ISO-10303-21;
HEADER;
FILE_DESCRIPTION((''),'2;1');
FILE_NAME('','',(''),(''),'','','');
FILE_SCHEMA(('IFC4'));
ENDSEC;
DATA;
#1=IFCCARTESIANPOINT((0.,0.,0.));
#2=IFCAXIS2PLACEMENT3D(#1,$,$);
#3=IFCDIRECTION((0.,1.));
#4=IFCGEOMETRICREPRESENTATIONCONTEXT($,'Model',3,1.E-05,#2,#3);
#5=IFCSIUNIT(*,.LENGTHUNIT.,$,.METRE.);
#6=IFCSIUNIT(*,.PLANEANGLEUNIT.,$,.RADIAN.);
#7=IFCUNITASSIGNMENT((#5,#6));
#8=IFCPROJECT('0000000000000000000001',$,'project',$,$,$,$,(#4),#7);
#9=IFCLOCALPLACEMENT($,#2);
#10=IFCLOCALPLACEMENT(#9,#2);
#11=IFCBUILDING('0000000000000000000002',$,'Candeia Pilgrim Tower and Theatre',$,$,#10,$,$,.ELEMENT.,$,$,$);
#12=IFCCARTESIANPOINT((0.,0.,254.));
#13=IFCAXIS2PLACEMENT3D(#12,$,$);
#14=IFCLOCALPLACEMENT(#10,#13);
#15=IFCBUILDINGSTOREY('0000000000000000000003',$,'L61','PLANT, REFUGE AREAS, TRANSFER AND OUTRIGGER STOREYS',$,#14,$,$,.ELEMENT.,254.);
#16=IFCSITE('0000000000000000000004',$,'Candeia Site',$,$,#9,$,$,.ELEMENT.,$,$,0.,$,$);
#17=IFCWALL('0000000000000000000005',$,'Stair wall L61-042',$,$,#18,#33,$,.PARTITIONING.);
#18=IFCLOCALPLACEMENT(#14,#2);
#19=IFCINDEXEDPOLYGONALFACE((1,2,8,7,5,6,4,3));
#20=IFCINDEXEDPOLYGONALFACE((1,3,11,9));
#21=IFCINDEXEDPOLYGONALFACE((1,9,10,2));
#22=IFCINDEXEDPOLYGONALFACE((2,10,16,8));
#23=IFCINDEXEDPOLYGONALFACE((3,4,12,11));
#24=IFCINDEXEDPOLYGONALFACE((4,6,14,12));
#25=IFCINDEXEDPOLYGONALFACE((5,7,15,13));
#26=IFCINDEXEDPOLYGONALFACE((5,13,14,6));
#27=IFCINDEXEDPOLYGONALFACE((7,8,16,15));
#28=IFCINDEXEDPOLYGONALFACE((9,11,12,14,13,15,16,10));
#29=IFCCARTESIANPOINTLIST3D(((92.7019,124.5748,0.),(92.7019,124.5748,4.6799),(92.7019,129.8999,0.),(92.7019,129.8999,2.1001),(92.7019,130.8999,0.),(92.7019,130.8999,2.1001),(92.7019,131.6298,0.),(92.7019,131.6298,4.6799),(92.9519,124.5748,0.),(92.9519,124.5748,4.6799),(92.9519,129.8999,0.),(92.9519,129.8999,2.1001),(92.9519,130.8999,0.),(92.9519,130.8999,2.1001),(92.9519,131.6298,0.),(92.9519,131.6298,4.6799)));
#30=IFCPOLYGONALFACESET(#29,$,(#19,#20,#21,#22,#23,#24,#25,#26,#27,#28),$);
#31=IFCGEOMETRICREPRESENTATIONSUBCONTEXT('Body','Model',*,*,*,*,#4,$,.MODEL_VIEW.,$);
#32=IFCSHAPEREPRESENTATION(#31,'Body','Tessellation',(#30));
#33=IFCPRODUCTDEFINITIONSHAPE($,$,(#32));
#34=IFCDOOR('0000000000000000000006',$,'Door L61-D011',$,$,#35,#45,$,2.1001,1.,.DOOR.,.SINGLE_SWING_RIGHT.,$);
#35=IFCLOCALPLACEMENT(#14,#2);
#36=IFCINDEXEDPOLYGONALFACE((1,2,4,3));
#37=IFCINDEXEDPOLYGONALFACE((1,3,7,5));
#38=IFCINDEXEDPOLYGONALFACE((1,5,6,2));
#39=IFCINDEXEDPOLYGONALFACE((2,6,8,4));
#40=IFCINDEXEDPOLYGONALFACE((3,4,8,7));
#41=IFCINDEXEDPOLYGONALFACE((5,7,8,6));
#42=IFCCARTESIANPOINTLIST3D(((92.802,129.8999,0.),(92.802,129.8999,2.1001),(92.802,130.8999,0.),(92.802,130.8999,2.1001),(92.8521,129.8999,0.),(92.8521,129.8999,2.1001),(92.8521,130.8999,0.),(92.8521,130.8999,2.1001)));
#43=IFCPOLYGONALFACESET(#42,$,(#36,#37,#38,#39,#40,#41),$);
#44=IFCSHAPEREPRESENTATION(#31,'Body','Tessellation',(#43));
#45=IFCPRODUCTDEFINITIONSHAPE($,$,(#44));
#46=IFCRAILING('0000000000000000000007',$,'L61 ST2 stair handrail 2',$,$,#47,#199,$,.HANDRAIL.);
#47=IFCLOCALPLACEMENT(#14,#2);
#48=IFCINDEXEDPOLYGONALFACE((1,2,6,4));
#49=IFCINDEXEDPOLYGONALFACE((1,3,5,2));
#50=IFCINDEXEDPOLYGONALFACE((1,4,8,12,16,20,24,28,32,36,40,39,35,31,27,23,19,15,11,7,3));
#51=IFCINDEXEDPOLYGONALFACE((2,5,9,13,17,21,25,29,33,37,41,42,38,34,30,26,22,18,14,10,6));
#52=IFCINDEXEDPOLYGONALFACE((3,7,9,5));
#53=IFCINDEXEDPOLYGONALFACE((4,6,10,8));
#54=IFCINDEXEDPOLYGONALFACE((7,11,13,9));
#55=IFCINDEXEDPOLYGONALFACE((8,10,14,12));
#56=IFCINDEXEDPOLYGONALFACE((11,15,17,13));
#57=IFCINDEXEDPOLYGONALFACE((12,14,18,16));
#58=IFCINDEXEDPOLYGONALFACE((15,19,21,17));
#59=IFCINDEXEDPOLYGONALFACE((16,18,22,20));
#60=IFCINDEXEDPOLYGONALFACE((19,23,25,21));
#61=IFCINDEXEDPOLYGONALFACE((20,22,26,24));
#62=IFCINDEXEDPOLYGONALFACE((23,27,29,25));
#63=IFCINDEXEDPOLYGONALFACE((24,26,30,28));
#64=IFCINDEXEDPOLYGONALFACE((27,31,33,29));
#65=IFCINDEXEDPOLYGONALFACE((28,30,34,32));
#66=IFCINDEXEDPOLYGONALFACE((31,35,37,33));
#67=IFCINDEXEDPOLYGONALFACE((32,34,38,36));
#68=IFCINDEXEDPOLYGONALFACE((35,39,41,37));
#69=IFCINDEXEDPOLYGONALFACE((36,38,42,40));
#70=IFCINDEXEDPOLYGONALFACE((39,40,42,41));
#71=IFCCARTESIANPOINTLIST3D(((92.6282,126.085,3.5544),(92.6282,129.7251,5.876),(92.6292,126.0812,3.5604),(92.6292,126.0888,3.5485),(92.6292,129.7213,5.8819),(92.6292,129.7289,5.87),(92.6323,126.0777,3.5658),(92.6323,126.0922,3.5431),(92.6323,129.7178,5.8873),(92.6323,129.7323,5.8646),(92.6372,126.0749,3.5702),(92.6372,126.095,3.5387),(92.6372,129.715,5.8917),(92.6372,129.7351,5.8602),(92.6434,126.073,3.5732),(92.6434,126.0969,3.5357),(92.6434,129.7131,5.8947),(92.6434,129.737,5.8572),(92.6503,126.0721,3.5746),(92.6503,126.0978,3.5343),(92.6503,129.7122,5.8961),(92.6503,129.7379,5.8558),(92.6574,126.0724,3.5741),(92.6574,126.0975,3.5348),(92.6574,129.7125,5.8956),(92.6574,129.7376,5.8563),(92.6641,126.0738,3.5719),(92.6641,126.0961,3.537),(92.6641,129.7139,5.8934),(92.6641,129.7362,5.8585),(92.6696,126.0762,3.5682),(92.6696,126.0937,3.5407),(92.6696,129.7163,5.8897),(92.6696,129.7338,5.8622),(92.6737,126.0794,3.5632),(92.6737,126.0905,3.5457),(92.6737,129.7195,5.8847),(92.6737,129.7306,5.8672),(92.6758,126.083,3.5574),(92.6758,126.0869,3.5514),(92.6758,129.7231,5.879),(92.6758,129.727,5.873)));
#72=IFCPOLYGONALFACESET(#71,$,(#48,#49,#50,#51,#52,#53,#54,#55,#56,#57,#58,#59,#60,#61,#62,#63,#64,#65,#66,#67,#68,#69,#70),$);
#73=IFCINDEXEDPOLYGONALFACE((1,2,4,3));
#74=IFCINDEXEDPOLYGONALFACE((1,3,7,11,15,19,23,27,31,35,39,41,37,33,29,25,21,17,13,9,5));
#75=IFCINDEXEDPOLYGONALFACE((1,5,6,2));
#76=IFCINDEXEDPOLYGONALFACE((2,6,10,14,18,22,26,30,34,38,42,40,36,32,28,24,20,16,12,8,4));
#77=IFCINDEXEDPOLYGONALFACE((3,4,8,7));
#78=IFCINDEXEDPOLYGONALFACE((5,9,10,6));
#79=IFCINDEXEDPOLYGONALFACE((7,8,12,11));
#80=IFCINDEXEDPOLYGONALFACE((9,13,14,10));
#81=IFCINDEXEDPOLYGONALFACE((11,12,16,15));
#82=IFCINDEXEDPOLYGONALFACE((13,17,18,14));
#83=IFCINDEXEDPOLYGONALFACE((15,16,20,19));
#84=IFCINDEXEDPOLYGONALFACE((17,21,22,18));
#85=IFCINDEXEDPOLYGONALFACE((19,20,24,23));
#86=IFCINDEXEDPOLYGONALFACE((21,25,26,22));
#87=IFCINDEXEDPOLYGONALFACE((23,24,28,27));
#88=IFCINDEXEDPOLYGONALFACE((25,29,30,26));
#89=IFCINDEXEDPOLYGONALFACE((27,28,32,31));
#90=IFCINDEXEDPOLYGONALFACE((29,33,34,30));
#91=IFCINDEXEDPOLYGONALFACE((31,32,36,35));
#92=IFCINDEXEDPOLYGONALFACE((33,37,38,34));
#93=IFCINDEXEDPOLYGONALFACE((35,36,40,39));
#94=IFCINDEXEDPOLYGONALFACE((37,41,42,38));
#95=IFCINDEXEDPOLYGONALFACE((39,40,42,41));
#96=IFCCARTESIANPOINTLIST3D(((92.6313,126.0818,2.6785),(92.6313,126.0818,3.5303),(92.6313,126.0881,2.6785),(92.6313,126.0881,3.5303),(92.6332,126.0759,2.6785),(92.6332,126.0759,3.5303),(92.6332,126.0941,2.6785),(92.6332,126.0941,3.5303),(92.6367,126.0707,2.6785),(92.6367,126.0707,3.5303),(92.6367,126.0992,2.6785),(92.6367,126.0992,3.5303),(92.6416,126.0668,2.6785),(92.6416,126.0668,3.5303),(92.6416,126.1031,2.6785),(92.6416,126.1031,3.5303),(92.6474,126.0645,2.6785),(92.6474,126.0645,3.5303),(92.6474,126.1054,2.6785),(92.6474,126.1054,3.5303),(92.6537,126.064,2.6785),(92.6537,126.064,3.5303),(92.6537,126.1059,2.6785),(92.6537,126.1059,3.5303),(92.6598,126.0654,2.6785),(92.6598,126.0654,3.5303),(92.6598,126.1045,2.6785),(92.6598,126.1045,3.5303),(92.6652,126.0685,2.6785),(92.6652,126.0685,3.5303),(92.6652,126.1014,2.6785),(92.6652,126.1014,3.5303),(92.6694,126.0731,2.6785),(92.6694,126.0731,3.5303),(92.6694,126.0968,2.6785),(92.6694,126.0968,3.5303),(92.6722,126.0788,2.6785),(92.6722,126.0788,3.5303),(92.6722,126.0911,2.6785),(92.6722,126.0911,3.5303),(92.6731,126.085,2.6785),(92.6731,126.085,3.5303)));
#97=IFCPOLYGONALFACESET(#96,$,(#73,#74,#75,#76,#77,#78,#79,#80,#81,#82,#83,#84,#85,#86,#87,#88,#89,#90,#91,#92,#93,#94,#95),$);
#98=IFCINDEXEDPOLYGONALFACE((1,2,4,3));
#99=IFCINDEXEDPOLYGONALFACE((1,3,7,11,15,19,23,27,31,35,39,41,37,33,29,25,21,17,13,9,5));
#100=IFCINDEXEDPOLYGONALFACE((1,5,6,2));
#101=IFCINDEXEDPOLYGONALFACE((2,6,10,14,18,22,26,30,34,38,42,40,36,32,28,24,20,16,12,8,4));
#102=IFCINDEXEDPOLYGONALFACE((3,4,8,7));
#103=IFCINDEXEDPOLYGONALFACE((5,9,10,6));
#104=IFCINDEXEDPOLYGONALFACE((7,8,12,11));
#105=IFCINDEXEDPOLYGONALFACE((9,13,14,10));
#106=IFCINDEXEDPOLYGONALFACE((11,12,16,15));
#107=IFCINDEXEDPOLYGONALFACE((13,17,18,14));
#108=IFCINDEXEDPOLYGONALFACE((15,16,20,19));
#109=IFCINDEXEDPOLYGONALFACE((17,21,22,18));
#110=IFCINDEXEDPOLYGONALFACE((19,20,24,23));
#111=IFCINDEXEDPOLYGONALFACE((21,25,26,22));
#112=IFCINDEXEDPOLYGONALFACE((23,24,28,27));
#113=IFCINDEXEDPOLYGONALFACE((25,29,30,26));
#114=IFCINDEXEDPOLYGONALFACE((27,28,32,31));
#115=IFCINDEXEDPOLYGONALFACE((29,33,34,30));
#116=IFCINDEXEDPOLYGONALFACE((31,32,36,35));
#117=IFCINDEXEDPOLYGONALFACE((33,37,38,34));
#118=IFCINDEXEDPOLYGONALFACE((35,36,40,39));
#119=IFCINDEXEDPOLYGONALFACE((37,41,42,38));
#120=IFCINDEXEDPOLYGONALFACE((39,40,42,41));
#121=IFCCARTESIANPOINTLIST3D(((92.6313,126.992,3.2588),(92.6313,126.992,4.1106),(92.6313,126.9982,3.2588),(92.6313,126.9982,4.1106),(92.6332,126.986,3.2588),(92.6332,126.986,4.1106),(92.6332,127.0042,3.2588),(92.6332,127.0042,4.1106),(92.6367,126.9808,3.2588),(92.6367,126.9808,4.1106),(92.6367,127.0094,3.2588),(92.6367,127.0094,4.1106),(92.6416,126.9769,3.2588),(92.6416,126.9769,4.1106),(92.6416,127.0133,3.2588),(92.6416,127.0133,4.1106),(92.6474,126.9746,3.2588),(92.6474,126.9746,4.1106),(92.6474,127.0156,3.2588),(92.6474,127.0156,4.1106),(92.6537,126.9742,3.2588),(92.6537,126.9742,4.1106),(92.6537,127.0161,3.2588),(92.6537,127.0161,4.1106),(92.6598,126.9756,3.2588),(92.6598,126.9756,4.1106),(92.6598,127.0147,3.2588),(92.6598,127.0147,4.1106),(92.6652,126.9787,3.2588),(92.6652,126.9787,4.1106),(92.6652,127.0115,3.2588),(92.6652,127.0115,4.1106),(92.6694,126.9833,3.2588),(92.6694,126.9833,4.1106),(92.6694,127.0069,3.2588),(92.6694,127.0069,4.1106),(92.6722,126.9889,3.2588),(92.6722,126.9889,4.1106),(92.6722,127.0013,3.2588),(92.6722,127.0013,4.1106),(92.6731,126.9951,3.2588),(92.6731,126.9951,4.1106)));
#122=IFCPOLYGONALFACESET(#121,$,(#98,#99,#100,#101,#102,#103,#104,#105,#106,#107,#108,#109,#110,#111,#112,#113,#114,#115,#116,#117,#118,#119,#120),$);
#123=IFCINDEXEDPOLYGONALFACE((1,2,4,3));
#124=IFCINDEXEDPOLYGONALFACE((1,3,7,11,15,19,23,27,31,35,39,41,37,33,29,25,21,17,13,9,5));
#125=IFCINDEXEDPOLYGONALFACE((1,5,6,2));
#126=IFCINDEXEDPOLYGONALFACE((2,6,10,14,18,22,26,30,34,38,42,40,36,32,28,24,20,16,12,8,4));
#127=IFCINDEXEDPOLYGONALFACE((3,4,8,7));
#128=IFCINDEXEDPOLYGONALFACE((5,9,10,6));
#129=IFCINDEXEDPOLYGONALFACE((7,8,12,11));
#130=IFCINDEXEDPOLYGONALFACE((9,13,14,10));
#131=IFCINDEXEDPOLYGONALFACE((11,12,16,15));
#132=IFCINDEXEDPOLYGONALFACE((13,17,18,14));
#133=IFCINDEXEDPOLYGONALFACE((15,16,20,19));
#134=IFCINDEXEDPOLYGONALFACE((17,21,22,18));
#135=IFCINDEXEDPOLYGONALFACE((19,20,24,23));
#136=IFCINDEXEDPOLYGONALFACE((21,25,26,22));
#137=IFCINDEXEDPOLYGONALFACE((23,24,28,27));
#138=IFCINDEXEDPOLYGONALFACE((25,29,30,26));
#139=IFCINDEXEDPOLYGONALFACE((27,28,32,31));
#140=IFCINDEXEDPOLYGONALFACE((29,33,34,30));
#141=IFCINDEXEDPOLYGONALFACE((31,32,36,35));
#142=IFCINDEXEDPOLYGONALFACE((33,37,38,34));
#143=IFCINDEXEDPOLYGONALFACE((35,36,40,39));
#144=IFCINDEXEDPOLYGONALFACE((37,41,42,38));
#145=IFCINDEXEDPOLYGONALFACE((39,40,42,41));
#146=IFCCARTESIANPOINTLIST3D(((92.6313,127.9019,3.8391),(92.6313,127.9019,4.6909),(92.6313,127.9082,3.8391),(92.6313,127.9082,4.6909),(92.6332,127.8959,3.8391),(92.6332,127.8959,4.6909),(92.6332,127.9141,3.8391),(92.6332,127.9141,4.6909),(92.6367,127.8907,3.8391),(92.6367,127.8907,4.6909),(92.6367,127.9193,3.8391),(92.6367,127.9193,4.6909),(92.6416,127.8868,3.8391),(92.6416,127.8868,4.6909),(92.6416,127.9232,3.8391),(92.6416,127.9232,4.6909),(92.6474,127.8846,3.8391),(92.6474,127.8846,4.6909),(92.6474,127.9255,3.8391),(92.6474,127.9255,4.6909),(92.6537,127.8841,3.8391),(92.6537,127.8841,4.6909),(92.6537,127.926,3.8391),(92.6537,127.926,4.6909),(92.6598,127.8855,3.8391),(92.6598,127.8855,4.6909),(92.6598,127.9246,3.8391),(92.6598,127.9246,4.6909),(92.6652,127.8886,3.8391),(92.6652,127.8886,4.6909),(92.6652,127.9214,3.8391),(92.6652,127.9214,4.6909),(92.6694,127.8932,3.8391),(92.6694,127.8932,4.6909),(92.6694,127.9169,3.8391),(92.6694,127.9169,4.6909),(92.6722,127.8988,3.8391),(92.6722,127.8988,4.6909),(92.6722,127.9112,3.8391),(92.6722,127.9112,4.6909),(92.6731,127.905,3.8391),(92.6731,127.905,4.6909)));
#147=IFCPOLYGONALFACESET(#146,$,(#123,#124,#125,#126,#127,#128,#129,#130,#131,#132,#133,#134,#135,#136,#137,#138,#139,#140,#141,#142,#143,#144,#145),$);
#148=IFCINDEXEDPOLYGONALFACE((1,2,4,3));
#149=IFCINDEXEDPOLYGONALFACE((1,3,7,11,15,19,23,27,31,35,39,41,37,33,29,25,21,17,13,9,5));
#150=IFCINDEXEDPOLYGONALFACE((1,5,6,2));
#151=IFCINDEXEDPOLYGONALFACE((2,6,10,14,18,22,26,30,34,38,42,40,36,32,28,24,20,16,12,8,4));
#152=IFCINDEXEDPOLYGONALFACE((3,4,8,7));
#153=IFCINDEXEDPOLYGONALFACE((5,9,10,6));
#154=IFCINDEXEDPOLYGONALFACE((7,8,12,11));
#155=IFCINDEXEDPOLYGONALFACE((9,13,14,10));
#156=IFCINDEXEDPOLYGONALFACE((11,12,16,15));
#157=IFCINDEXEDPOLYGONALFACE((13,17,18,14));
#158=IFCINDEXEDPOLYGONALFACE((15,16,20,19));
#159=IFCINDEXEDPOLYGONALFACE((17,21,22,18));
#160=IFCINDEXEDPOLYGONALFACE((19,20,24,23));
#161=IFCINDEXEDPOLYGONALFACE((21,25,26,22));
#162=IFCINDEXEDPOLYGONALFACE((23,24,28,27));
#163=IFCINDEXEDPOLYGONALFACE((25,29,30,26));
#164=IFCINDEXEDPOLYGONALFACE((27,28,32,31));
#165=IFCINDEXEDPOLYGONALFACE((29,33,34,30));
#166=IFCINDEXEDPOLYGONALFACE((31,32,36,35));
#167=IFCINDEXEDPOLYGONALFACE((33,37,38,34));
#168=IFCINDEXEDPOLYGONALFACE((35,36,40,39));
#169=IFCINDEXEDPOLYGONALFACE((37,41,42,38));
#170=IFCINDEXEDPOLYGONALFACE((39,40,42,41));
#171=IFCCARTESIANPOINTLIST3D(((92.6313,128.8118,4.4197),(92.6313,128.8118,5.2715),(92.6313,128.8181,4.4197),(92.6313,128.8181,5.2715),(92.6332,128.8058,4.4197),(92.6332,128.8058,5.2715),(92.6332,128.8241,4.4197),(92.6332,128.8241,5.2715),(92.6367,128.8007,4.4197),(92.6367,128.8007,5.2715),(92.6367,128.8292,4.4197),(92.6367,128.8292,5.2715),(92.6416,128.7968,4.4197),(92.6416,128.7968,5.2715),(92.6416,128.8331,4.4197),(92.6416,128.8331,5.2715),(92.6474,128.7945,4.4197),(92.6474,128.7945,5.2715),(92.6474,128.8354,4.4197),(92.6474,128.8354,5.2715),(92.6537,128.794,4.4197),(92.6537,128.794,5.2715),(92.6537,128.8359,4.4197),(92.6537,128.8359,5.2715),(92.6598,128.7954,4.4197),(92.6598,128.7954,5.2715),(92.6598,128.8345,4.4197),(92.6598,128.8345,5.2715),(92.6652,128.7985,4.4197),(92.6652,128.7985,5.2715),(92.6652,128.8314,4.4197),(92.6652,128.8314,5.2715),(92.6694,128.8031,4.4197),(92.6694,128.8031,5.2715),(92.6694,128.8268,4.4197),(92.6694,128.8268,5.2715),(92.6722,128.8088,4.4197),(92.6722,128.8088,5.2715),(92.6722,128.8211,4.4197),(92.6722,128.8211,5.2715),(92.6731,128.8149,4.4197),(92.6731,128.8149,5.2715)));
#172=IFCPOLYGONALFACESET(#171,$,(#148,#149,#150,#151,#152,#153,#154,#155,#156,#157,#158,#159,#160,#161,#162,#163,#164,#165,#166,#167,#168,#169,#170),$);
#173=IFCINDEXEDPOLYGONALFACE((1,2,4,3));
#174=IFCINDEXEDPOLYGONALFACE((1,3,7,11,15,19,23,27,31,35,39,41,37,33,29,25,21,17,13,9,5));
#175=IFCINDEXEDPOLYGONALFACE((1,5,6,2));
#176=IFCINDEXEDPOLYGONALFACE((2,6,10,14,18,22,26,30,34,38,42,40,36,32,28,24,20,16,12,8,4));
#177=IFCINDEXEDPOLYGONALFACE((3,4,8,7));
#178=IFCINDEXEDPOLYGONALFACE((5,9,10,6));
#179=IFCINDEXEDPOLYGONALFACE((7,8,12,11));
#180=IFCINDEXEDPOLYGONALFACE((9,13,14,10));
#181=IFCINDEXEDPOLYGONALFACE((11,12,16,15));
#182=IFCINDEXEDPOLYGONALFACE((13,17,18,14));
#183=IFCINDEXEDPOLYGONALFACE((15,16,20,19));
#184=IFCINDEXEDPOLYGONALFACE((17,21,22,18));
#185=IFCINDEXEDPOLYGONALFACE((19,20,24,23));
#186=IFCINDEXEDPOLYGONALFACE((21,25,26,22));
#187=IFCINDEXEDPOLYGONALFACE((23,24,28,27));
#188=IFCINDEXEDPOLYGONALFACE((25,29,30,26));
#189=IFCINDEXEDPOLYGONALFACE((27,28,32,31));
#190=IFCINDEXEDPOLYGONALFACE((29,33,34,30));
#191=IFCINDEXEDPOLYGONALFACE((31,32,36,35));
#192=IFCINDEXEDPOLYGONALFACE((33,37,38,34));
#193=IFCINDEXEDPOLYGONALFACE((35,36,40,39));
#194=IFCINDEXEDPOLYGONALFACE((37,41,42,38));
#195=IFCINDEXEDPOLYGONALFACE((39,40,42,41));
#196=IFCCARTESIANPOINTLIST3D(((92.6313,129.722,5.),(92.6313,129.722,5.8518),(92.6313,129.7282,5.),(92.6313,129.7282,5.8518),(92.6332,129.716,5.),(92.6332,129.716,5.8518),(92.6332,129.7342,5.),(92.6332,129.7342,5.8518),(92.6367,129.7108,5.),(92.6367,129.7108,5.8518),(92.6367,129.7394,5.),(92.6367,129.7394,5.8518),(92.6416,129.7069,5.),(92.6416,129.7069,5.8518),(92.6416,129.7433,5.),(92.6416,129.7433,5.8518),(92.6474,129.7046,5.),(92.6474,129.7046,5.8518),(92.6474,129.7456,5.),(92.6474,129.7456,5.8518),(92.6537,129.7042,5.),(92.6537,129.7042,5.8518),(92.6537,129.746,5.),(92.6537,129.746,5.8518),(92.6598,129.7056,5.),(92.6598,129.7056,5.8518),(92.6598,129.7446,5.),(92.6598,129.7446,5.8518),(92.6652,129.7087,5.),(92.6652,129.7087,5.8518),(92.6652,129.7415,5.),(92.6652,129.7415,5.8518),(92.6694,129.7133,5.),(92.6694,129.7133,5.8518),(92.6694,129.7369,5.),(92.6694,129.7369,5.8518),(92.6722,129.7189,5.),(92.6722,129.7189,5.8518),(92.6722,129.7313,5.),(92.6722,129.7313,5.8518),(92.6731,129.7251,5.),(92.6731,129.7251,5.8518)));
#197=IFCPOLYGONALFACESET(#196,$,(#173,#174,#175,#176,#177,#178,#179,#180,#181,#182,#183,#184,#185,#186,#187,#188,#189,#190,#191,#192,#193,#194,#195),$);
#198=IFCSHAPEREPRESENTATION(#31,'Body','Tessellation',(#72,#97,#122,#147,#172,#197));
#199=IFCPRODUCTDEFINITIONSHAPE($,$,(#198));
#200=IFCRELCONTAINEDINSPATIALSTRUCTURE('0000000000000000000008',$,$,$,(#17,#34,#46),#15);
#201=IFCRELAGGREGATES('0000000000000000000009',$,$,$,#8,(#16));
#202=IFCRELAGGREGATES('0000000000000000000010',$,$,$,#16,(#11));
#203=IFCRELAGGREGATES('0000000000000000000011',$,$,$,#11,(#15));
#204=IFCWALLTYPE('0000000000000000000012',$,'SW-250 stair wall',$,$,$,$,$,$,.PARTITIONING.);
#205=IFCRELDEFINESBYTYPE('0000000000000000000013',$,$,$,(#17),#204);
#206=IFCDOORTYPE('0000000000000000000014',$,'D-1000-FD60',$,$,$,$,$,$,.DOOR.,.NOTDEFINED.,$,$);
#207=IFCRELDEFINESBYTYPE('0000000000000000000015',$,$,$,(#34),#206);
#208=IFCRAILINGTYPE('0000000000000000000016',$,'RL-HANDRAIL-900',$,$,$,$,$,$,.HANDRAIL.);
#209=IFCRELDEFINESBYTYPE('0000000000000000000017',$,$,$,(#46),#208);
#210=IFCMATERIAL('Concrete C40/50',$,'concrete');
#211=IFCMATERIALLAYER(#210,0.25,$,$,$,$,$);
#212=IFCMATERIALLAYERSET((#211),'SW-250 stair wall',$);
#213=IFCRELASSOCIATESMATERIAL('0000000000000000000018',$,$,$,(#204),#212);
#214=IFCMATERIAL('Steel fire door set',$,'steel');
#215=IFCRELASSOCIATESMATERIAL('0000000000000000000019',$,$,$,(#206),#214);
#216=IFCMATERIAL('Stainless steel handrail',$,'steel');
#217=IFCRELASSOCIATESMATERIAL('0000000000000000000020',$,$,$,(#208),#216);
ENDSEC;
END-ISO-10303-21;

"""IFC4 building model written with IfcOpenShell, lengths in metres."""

from ifc_helpers import new_model, si_unit, direction, frame, frame_2d, origin, origin_2d, place, context, subcontext, project, spatial, rectangle, circle, extrude, material, layer, layer_set, type_object, element, fill, save


model = new_model("IFC4")

# Units and contexts
model_context = context("Model", 3, precision=1e-05, world=origin(), true_north=direction((0.0, 1.0)))
body_context = subcontext(model_context, "Body", "Model", "MODEL_VIEW")
ifc_project = project(units=[si_unit("LENGTHUNIT", "METRE"), si_unit("PLANEANGLEUNIT", "RADIAN")], contexts=[model_context])

# Site, building, storey
site_placement = place(None, origin())
site = spatial("IfcSite", under=ifc_project, at=site_placement, Name="Candeia Site", CompositionType="ELEMENT", RefElevation=0.0)
building_placement = place(site_placement, origin())
building = spatial("IfcBuilding", under=site, at=building_placement, Name="Candeia Pilgrim Tower and Theatre", CompositionType="ELEMENT")
storey_placement = place(building_placement, frame((0.0, 0.0, 254.0)))
storey = spatial("IfcBuildingStorey", under=building, at=storey_placement, Name="L61", Description="PLANT, REFUGE AREAS, TRANSFER AND OUTRIGGER STOREYS", CompositionType="ELEMENT", Elevation=254.0)

# Shared definitions
ifc_material_1 = material(Name="Steel fire door set", Category="steel")

# Shared definitions
ifc_material_2 = material(Name="Concrete C40/50", Category="concrete")

# Wall, opening, door
ifc_layer_1 = layer(ifc_material_2, 0.25)
ifc_layer_set_1 = layer_set([ifc_layer_1], Name="SW-250 stair wall")
wall_type_1 = type_object("IfcWallType", Name="SW-250 stair wall", PredefinedType="PARTITIONING", material=ifc_layer_set_1)
wall_1_placement = place(storey_placement, frame((92.8269, 124.575, 0.0), z_axis=(0.0, 0.0, 1.0), x_axis=(0.0, 1.0, 0.0)))
wall_1 = element("IfcWall", 1, at=wall_1_placement, inside=storey, type_object=wall_type_1, Name="Stair wall L61-042", PredefinedType="PARTITIONING", context=body_context, shape_type="SweptSolid", body=[
    extrude(rectangle(XDim=7.0549, YDim=0.25, at=frame_2d((3.5273, 0.0))), origin(), (0.0, 0.0, 1.0), 4.6799),
])
opening_1_placement = place(wall_1_placement, frame((5.325, 0.0, 0.0)))
opening_1 = element("IfcOpeningElement", 2, at=opening_1_placement, cuts=wall_1, PredefinedType="OPENING", context=body_context, shape_type="SweptSolid", body=[
    extrude(rectangle(XDim=1.0, YDim=2.1001, at=frame_2d((0.5, 1.05))), frame((0.0, 0.135, 0.0), z_axis=(0.0, -1.0, 0.0), x_axis=(1.0, 0.0, 0.0)), (0.0, 0.0, 1.0), 0.27),
])
door_type_1 = type_object("IfcDoorType", Name="D-1000-FD60", OperationType="NOTDEFINED", PredefinedType="DOOR", material=ifc_material_1)
door_1_placement = place(opening_1_placement, origin())
door_1 = element("IfcDoor", 3, at=door_1_placement, inside=storey, type_object=door_type_1, Name="Door L61-D011", OperationType="SINGLE_SWING_RIGHT", OverallHeight=2.1001, OverallWidth=1.0, PredefinedType="DOOR", context=body_context, shape_type="SweptSolid", body=[
    extrude(rectangle(XDim=1.0, YDim=2.1001, at=frame_2d((0.5, 1.05))), frame((0.0, 0.0249, 0.0), z_axis=(0.0, -1.0, 0.0), x_axis=(1.0, 0.0, 0.0)), (0.0, 0.0, 1.0), 0.05),
])
fill(opening_1, door_1)

# Railing
ifc_material_3 = material(Name="Stainless steel handrail", Category="steel")
railing_type = type_object("IfcRailingType", Name="RL-HANDRAIL-900", PredefinedType="HANDRAIL", material=ifc_material_3)
railing_placement = place(storey_placement, frame((92.6521, 126.085, 2.6785)))
element("IfcRailing", 4, at=railing_placement, inside=storey, type_object=railing_type, Name="L61 ST2 stair handrail 2", PredefinedType="HANDRAIL", context=body_context, shape_type="SweptSolid", body=[
    extrude(circle(Radius=0.0239, at=origin_2d()), frame((0.0, 0.0, 0.876), z_axis=(0.0, 0.843128, 0.537713), x_axis=(-1.0, 0.0, 0.0)), (0.0, 0.0, 1.0), 4.3174),
    extrude(circle(Radius=0.021, at=origin_2d()), origin(), (0.0, 0.0, 1.0), 0.8518),
    extrude(circle(Radius=0.021, at=origin_2d()), frame((0.0, 0.9102, 0.5803)), (0.0, 0.0, 1.0), 0.8518),
    extrude(circle(Radius=0.021, at=origin_2d()), frame((0.0, 1.8201, 1.1606)), (0.0, 0.0, 1.0), 0.8518),
    extrude(circle(Radius=0.021, at=origin_2d()), frame((0.0, 2.73, 1.7412)), (0.0, 0.0, 1.0), 0.8518),
    extrude(circle(Radius=0.021, at=origin_2d()), frame((0.0, 3.6401, 2.3215)), (0.0, 0.0, 1.0), 0.8518),
])

save(model, "model.ifc")
